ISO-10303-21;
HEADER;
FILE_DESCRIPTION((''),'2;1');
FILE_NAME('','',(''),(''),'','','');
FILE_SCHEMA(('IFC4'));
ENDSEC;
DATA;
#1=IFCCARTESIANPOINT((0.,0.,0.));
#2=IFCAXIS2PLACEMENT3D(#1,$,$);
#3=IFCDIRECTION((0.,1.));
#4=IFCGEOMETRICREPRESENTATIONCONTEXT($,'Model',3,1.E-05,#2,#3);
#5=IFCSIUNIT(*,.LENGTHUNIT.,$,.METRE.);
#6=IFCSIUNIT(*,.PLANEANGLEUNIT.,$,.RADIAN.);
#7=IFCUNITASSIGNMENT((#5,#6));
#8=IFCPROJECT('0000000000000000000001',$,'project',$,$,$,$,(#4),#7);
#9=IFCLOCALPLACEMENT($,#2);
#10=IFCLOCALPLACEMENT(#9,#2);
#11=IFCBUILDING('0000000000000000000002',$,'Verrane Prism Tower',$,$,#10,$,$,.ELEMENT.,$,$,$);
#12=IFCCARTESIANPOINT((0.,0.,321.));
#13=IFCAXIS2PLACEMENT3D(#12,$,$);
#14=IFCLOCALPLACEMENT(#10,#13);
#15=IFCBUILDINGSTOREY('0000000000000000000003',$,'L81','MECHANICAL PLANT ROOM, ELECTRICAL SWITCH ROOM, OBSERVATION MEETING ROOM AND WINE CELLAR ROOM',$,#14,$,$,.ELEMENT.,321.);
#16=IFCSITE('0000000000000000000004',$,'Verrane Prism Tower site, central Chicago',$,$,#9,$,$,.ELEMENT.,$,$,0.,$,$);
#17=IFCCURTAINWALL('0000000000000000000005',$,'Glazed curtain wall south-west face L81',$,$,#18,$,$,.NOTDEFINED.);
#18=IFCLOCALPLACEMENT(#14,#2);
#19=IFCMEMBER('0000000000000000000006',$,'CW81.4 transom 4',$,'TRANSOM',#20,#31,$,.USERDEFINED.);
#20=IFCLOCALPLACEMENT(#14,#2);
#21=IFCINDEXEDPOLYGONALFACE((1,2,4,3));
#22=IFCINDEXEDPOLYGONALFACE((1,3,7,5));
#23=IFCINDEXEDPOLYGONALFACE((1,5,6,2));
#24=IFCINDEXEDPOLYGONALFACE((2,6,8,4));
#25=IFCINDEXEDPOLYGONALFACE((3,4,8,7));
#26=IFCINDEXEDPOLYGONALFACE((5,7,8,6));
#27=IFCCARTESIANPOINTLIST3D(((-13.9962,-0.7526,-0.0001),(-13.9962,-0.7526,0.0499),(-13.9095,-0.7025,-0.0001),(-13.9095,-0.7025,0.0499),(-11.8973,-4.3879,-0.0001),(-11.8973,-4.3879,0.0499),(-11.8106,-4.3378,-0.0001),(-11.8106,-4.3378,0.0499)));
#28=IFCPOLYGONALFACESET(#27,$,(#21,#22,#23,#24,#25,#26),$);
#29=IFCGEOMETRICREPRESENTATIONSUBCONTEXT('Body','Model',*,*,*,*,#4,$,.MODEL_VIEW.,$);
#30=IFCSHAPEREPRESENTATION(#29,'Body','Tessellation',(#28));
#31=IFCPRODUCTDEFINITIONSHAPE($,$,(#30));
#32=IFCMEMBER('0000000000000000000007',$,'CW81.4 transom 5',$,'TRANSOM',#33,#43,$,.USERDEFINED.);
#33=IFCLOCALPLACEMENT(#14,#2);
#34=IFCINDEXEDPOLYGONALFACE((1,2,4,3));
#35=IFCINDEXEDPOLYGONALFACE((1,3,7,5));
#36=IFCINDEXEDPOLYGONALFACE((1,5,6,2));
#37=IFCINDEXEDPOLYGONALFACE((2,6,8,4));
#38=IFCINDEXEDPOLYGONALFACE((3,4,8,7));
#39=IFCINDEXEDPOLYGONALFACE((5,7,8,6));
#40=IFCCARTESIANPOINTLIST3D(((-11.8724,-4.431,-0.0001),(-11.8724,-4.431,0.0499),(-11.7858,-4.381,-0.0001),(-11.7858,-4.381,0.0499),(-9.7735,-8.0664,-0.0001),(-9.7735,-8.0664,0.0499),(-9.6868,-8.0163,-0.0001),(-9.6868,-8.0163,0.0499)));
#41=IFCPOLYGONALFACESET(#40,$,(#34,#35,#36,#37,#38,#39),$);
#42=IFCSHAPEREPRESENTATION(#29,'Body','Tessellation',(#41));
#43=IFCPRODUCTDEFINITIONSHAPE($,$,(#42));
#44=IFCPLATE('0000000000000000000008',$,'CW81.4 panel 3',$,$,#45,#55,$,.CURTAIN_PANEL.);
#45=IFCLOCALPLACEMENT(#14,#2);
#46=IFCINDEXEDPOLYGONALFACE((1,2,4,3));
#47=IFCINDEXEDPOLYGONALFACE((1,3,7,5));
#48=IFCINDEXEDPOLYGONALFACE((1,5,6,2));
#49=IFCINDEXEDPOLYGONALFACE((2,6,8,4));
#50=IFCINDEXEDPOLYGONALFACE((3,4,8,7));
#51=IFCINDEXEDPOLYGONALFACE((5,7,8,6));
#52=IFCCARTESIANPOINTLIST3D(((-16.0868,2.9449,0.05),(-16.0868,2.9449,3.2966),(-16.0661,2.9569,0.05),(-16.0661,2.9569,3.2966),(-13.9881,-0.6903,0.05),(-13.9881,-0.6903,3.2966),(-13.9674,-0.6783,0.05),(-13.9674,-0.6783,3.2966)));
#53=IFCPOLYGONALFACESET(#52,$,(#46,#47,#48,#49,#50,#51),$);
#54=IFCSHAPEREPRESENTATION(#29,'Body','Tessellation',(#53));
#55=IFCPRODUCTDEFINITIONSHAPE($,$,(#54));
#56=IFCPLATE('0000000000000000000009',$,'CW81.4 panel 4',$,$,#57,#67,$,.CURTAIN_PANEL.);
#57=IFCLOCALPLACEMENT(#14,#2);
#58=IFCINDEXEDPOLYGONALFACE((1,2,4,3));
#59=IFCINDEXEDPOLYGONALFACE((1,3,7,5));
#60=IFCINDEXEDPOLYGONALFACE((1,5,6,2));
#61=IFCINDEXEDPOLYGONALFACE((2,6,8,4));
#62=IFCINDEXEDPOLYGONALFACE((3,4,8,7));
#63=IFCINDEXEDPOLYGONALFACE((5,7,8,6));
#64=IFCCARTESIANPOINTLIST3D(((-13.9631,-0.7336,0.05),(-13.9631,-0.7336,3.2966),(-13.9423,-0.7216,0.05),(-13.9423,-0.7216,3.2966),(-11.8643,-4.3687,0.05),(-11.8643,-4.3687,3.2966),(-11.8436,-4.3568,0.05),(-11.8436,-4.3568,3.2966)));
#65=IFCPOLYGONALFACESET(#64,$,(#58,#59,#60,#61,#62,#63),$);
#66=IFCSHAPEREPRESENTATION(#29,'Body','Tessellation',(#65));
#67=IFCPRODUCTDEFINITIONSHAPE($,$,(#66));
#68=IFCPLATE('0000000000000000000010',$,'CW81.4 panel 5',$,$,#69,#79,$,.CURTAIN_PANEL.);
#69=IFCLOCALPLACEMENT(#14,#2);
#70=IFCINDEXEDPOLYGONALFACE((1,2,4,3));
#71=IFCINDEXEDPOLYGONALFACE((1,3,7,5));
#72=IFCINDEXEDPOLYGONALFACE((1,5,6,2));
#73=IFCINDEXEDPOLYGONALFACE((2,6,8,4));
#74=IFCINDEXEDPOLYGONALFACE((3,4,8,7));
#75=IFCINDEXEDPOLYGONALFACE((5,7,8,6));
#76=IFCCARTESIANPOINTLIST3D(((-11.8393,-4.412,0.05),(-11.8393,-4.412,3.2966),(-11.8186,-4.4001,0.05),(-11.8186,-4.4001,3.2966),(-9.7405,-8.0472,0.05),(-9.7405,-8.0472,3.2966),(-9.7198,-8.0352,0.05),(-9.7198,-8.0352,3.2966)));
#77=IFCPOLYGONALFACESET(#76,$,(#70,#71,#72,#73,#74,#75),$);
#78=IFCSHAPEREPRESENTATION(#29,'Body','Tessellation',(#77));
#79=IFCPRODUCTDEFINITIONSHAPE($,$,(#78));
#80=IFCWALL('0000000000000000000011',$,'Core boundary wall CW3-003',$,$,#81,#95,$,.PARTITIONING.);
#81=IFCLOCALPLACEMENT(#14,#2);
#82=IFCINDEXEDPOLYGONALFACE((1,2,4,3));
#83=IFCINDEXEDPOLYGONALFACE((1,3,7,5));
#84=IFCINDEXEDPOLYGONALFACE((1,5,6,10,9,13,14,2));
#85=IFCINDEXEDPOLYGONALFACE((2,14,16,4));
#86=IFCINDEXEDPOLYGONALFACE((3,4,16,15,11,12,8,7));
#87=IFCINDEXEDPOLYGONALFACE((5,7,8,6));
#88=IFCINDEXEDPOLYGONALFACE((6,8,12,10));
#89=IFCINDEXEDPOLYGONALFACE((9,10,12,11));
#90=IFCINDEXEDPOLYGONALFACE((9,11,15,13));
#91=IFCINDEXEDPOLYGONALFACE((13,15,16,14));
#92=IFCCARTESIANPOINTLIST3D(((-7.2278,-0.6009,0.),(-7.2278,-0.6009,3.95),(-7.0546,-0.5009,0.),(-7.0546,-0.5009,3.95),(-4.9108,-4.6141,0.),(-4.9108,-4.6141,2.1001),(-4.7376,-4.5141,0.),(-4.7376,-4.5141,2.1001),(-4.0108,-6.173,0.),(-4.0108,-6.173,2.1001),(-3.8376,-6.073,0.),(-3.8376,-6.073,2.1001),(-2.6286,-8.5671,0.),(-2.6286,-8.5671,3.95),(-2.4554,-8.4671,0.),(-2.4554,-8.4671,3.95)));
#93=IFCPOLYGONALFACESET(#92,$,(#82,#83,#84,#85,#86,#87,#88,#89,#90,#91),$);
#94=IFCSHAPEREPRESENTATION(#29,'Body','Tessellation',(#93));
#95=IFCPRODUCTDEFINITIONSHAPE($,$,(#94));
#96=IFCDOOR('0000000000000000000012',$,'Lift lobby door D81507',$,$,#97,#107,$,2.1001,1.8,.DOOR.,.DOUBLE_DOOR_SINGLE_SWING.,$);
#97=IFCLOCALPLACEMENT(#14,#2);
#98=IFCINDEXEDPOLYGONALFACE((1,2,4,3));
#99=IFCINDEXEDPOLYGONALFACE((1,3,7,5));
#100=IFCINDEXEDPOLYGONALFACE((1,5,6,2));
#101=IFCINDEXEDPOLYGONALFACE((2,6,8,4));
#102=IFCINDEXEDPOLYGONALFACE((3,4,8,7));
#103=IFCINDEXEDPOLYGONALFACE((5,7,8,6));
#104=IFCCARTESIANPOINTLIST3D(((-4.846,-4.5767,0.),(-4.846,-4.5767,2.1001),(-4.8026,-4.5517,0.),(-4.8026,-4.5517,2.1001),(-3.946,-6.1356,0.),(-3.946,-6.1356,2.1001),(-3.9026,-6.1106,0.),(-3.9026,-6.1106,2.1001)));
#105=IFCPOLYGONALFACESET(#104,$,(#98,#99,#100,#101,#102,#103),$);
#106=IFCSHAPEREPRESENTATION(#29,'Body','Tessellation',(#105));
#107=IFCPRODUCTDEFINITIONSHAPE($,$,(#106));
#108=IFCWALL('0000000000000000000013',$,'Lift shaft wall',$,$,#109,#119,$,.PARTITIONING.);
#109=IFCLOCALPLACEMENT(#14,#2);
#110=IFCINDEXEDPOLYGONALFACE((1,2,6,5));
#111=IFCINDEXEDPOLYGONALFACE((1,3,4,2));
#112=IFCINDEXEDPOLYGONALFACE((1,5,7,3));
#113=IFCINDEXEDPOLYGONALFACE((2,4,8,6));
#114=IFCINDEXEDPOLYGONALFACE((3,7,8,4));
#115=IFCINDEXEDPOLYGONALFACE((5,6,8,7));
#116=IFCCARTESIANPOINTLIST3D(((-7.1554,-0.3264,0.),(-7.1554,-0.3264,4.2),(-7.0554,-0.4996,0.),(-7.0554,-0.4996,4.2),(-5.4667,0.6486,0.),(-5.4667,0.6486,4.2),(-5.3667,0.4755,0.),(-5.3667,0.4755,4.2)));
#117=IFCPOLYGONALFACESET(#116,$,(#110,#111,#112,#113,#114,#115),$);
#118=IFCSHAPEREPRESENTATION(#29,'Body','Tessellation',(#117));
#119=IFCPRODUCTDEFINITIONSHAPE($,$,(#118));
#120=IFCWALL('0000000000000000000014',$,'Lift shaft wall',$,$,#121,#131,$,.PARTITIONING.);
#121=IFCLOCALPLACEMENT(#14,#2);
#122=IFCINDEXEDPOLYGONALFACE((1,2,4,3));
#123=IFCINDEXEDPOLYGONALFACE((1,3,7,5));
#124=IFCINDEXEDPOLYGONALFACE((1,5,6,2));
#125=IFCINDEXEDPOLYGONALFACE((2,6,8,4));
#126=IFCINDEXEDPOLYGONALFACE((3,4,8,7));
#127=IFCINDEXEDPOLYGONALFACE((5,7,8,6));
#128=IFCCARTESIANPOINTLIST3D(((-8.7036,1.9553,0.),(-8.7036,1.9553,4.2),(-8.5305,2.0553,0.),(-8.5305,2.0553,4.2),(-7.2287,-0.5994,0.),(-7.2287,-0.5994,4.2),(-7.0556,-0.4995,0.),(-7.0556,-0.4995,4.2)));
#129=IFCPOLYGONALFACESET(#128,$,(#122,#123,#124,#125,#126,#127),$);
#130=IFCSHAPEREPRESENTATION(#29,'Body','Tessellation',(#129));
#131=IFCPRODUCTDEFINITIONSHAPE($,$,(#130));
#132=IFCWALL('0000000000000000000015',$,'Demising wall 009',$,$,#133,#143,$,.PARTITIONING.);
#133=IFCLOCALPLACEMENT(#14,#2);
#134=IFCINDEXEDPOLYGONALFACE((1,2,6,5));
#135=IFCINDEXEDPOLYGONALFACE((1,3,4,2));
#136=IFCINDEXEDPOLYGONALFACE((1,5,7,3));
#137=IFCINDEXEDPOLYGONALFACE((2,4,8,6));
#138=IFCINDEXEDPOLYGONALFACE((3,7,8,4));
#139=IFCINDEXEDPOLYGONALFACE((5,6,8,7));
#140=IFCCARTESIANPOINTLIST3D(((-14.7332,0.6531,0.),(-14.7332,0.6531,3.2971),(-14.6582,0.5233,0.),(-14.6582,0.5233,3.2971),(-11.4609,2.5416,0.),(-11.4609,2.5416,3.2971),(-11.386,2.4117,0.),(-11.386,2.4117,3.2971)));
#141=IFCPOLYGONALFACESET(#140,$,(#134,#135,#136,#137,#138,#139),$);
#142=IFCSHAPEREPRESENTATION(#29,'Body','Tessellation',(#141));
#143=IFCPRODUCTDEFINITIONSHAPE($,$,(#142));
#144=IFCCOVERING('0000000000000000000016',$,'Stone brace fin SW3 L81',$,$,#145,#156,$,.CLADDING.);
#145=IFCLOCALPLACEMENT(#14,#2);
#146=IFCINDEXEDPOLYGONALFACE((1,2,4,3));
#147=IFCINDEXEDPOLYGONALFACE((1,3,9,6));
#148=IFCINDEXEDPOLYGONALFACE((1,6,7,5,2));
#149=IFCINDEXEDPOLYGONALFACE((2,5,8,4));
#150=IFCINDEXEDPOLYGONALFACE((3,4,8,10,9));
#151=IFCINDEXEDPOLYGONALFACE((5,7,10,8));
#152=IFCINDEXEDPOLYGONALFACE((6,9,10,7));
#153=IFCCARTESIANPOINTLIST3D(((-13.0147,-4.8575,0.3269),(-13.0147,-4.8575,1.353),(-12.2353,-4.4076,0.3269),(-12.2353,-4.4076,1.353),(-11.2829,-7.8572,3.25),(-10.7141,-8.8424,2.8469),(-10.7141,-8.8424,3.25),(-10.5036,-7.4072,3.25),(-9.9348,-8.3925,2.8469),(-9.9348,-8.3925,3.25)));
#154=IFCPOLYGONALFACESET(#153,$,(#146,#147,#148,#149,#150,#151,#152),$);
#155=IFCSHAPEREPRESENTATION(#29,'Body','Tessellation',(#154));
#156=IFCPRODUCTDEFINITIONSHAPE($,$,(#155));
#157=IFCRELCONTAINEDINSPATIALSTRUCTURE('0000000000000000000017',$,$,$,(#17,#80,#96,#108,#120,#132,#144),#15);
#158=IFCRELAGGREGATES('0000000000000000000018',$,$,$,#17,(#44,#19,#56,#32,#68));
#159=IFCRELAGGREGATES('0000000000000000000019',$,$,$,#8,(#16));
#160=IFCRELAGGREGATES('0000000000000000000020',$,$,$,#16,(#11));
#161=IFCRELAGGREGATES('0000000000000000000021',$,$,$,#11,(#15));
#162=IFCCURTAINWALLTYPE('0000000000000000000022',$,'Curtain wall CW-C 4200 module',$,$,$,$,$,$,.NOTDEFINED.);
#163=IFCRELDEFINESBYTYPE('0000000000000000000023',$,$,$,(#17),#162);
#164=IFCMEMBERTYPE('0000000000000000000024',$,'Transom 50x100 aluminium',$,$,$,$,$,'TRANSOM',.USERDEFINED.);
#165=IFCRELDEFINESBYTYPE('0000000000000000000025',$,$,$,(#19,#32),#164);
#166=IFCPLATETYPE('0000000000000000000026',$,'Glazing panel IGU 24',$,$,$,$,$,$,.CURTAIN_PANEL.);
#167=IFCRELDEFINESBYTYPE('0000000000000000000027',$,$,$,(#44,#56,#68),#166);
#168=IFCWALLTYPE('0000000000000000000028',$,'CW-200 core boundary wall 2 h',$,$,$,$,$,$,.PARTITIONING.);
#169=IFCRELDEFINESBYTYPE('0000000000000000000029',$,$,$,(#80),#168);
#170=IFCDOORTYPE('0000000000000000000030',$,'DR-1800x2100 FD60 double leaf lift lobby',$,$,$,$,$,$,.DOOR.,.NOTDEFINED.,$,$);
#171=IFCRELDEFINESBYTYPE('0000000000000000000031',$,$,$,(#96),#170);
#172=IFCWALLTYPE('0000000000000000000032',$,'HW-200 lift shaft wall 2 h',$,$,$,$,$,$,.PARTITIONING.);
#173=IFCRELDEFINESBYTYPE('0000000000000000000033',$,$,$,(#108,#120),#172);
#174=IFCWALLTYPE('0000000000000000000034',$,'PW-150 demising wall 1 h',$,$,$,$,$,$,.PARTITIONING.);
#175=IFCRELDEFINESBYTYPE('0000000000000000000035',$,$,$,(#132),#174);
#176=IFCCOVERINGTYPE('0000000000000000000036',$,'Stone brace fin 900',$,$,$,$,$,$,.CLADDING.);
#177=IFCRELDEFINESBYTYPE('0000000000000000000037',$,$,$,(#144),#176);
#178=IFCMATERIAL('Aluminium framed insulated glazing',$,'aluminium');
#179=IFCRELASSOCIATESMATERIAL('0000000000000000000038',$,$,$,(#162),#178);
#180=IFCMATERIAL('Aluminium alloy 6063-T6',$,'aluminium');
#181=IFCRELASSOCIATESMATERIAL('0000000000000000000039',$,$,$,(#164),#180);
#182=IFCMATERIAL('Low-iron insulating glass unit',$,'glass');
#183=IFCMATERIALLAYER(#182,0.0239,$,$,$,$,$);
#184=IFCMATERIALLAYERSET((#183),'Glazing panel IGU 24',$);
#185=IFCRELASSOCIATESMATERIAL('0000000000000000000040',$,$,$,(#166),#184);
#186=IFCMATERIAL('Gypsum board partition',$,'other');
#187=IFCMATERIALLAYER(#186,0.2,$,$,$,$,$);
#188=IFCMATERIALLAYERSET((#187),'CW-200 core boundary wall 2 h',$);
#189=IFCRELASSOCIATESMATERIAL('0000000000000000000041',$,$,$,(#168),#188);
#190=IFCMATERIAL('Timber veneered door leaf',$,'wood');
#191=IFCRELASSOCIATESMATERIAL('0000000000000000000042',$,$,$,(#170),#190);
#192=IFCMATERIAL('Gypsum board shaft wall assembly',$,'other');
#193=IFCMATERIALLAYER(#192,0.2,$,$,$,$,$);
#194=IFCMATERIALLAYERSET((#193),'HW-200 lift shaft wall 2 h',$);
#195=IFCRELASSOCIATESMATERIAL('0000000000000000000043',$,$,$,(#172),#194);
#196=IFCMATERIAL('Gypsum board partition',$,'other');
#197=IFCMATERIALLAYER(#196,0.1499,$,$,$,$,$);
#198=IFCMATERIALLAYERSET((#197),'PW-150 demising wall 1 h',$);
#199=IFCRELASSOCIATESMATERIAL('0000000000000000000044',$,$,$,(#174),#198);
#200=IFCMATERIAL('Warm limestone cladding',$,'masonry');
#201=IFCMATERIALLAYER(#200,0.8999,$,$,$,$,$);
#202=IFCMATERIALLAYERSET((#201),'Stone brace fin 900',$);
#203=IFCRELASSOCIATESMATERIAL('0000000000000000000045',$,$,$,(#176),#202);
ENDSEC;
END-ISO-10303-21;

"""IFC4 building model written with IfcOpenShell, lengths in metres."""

from ifc_helpers import new_model, si_unit, direction, frame, frame_2d, origin, origin_2d, place, context, subcontext, project, spatial, polyline, rectangle, outline, extrude, material, layer, layer_set, material_profile, profile_set, type_object, element, fill, aggregate, save


model = new_model("IFC4")

# Units and contexts
model_context = context("Model", 3, precision=1e-05, world=origin(), true_north=direction((0.0, 1.0)))
body_context = subcontext(model_context, "Body", "Model", "MODEL_VIEW")
ifc_project = project(units=[si_unit("LENGTHUNIT", "METRE"), si_unit("PLANEANGLEUNIT", "RADIAN")], contexts=[model_context])

# Site, building, storey
site_placement = place(None, origin())
site = spatial("IfcSite", under=ifc_project, at=site_placement, Name="Verrane Prism Tower site, central Chicago", CompositionType="ELEMENT", RefElevation=0.0)
building_placement = place(site_placement, origin())
building = spatial("IfcBuilding", under=site, at=building_placement, Name="Verrane Prism Tower", CompositionType="ELEMENT")
storey_placement = place(building_placement, frame((0.0, 0.0, 321.0)))
storey = spatial("IfcBuildingStorey", under=building, at=storey_placement, Name="L81", Description="MECHANICAL PLANT ROOM, ELECTRICAL SWITCH ROOM, OBSERVATION MEETING ROOM AND WINE CELLAR ROOM", CompositionType="ELEMENT", Elevation=321.0)

# Curtain wall
ifc_material_1 = material(Name="Aluminium framed insulated glazing", Category="aluminium")
curtain_wall_type = type_object("IfcCurtainWallType", Name="Curtain wall CW-C 4200 module", PredefinedType="NOTDEFINED", material=ifc_material_1)
curtain_wall_placement = place(storey_placement, origin())
curtain_wall = element("IfcCurtainWall", 1, at=curtain_wall_placement, inside=storey, type_object=curtain_wall_type, Name="Glazed curtain wall south-west face L81", PredefinedType="NOTDEFINED")

# Members
ifc_material_2 = material(Name="Aluminium alloy 6063-T6", Category="aluminium")
ifc_material_profile_1 = material_profile(ifc_material_2, rectangle(XDim=0.1001, YDim=0.05, at=origin_2d()), Name="Transom 50x100 aluminium")
ifc_profile_set_1 = profile_set([ifc_material_profile_1], Name="Aluminium alloy 6063-T6")
member_type_1 = type_object("IfcMemberType", Name="Transom 50x100 aluminium", ElementType="TRANSOM", PredefinedType="USERDEFINED", material=ifc_profile_set_1)
member_1_placement = place(storey_placement, frame((-13.9529, -0.7275, 0.0249), z_axis=(0.500011, -0.866019, 0.0), x_axis=(0.866019, 0.500011, 0.0)))
member_1 = element("IfcMember", 2, at=member_1_placement, type_object=member_type_1, Name="CW81.4 transom 4", ObjectType="TRANSOM", PredefinedType="USERDEFINED", context=body_context, shape_type="SweptSolid", body=[
    extrude(rectangle(XDim=0.1001, YDim=0.05, at=origin_2d()), origin(), (0.0, 0.0, 1.0), 4.1978),
])
member_2_placement = place(storey_placement, frame((-11.8291, -4.406, 0.0249), z_axis=(0.500011, -0.866019, 0.0), x_axis=(0.866019, 0.500011, 0.0)))
member_2 = element("IfcMember", 3, at=member_2_placement, type_object=member_type_1, Name="CW81.4 transom 5", ObjectType="TRANSOM", PredefinedType="USERDEFINED", context=body_context, shape_type="SweptSolid", body=[
    extrude(rectangle(XDim=0.1001, YDim=0.05, at=origin_2d()), origin(), (0.0, 0.0, 1.0), 4.1978),
])

# Plates
ifc_material_3 = material(Name="Low-iron insulating glass unit", Category="glass")
ifc_layer_1 = layer(ifc_material_3, 0.0239)
ifc_layer_set_1 = layer_set([ifc_layer_1], Name="Glazing panel IGU 24")
plate_type = type_object("IfcPlateType", Name="Glazing panel IGU 24", PredefinedType="CURTAIN_PANEL", material=ifc_layer_set_1)
plate_1_placement = place(storey_placement, frame((-15.0271, 1.1333, 0.05), z_axis=(0.0, 0.0, 1.0), x_axis=(0.5, -0.866025, 0.0)))
plate_1 = element("IfcPlate", 4, at=plate_1_placement, type_object=plate_type, Name="CW81.4 panel 3", PredefinedType="CURTAIN_PANEL", context=body_context, shape_type="SweptSolid", body=[
    extrude(rectangle(XDim=4.1975, YDim=0.0239, at=origin_2d()), origin(), (0.0, 0.0, 1.0), 3.2466),
])
plate_2_placement = place(storey_placement, frame((-12.9033, -2.5452, 0.05), z_axis=(0.0, 0.0, 1.0), x_axis=(0.5, -0.866025, 0.0)))
plate_2 = element("IfcPlate", 5, at=plate_2_placement, type_object=plate_type, Name="CW81.4 panel 4", PredefinedType="CURTAIN_PANEL", context=body_context, shape_type="SweptSolid", body=[
    extrude(rectangle(XDim=4.1975, YDim=0.0239, at=origin_2d()), origin(), (0.0, 0.0, 1.0), 3.2466),
])
plate_3_placement = place(storey_placement, frame((-10.7795, -6.2236, 0.05), z_axis=(0.0, 0.0, 1.0), x_axis=(0.5, -0.866025, 0.0)))
plate_3 = element("IfcPlate", 6, at=plate_3_placement, type_object=plate_type, Name="CW81.4 panel 5", PredefinedType="CURTAIN_PANEL", context=body_context, shape_type="SweptSolid", body=[
    extrude(rectangle(XDim=4.1975, YDim=0.0239, at=origin_2d()), origin(), (0.0, 0.0, 1.0), 3.2466),
])
aggregate(curtain_wall, [plate_1, member_1, plate_2, member_2, plate_3])

# Wall, opening, door
ifc_material_4 = material(Name="Gypsum board partition", Category="other")
ifc_layer_2 = layer(ifc_material_4, 0.2)
ifc_layer_set_2 = layer_set([ifc_layer_2], Name="CW-200 core boundary wall 2 h")
wall_type_1 = type_object("IfcWallType", Name="CW-200 core boundary wall 2 h", PredefinedType="PARTITIONING", material=ifc_layer_set_2)
wall_1_placement = place(storey_placement, frame((-7.1411, -0.551, 0.0), z_axis=(0.0, 0.0, 1.0), x_axis=(0.499993, -0.86603, 0.0)))
wall_1 = element("IfcWall", 7, at=wall_1_placement, inside=storey, type_object=wall_type_1, Name="Core boundary wall CW3-003", PredefinedType="PARTITIONING", context=body_context, shape_type="SweptSolid", body=[
    extrude(rectangle(XDim=9.1985, YDim=0.2, at=frame_2d((4.5991, 0.0))), origin(), (0.0, 0.0, 1.0), 3.95),
])
opening_placement = place(wall_1_placement, frame((4.634, 0.0, 0.0)))
opening = element("IfcOpeningElement", 8, at=opening_placement, cuts=wall_1, PredefinedType="OPENING", context=body_context, shape_type="SweptSolid", body=[
    extrude(rectangle(XDim=1.8, YDim=2.1001, at=frame_2d((0.8999, 1.05))), frame((0.0, 0.1099, 0.0), z_axis=(0.0, -1.0, 0.0), x_axis=(1.0, 0.0, 0.0)), (0.0, 0.0, 1.0), 0.22),
])
ifc_material_5 = material(Name="Timber veneered door leaf", Category="wood")
door_type = type_object("IfcDoorType", Name="DR-1800x2100 FD60 double leaf lift lobby", OperationType="NOTDEFINED", PredefinedType="DOOR", material=ifc_material_5)
door_placement = place(opening_placement, origin())
door = element("IfcDoor", 9, at=door_placement, inside=storey, type_object=door_type, Name="Lift lobby door D81507", OperationType="DOUBLE_DOOR_SINGLE_SWING", OverallHeight=2.1001, OverallWidth=1.8, PredefinedType="DOOR", context=body_context, shape_type="SweptSolid", body=[
    extrude(rectangle(XDim=1.8, YDim=2.1001, at=frame_2d((0.8999, 1.05))), frame((0.0, 0.0249, 0.0), z_axis=(0.0, -1.0, 0.0), x_axis=(1.0, 0.0, 0.0)), (0.0, 0.0, 1.0), 0.05),
])
fill(opening, door)

# Walls
ifc_material_6 = material(Name="Gypsum board shaft wall assembly", Category="other")
ifc_layer_3 = layer(ifc_material_6, 0.2)
ifc_layer_set_3 = layer_set([ifc_layer_3], Name="HW-200 lift shaft wall 2 h")
wall_type_2 = type_object("IfcWallType", Name="HW-200 lift shaft wall 2 h", PredefinedType="PARTITIONING", material=ifc_layer_set_3)
wall_2_placement = place(storey_placement, frame((-7.1055, -0.4131, 0.0), z_axis=(0.0, 0.0, 1.0), x_axis=(0.866, 0.500044, 0.0)))
element("IfcWall", 10, at=wall_2_placement, inside=storey, type_object=wall_type_2, Name="Lift shaft wall", PredefinedType="PARTITIONING", context=body_context, shape_type="SweptSolid", body=[
    extrude(rectangle(XDim=1.95, YDim=0.2, at=frame_2d((0.9751, 0.0))), origin(), (0.0, 0.0, 1.0), 4.2),
])
wall_3_placement = place(storey_placement, frame((-7.1421, -0.5496, 0.0), z_axis=(0.0, 0.0, 1.0), x_axis=(-0.499976, 0.866039, 0.0)))
element("IfcWall", 11, at=wall_3_placement, inside=storey, type_object=wall_type_2, Name="Lift shaft wall", PredefinedType="PARTITIONING", context=body_context, shape_type="SweptSolid", body=[
    extrude(rectangle(XDim=2.95, YDim=0.2, at=frame_2d((1.4751, 0.0))), origin(), (0.0, 0.0, 1.0), 4.2),
])
ifc_material_7 = material(Name="Gypsum board partition", Category="other")
ifc_layer_4 = layer(ifc_material_7, 0.1499)
ifc_layer_set_4 = layer_set([ifc_layer_4], Name="PW-150 demising wall 1 h")
wall_type_3 = type_object("IfcWallType", Name="PW-150 demising wall 1 h", PredefinedType="PARTITIONING", material=ifc_layer_set_4)
wall_4_placement = place(storey_placement, frame((-14.6958, 0.5881, 0.0), z_axis=(0.0, 0.0, 1.0), x_axis=(0.866116, 0.499844, 0.0)))
element("IfcWall", 12, at=wall_4_placement, inside=storey, type_object=wall_type_3, Name="Demising wall 009", PredefinedType="PARTITIONING", context=body_context, shape_type="SweptSolid", body=[
    extrude(rectangle(XDim=3.7781, YDim=0.1499, at=frame_2d((1.8892, 0.0))), origin(), (0.0, 0.0, 1.0), 3.2971),
])

# Covering
ifc_material_8 = material(Name="Warm limestone cladding", Category="masonry")
ifc_layer_5 = layer(ifc_material_8, 0.8999)
ifc_layer_set_5 = layer_set([ifc_layer_5], Name="Stone brace fin 900")
covering_type = type_object("IfcCoveringType", Name="Stone brace fin 900", PredefinedType="CLADDING", material=ifc_layer_set_5)
covering_placement = place(storey_placement, frame((-12.625, -4.6326, 0.3269), z_axis=(0.0, 0.0, 1.0), x_axis=(0.49998, -0.866037, 0.0)))
element("IfcCovering", 13, at=covering_placement, inside=storey, type_object=covering_type, Name="Stone brace fin SW3 L81", PredefinedType="CLADDING", context=body_context, shape_type="SweptSolid", body=[
    extrude(outline(polyline([(4.6013, 2.9231), (3.4636, 2.9231), (0.0, 1.0261), (0.0, 0.0), (4.6013, 2.52), (4.6013, 2.9231)])), frame((0.0, 0.45, 0.0), z_axis=(0.0, -1.0, 0.0), x_axis=(1.0, 0.0, 0.0)), (0.0, 0.0, 1.0), 0.8999),
])

save(model, "model.ifc")
